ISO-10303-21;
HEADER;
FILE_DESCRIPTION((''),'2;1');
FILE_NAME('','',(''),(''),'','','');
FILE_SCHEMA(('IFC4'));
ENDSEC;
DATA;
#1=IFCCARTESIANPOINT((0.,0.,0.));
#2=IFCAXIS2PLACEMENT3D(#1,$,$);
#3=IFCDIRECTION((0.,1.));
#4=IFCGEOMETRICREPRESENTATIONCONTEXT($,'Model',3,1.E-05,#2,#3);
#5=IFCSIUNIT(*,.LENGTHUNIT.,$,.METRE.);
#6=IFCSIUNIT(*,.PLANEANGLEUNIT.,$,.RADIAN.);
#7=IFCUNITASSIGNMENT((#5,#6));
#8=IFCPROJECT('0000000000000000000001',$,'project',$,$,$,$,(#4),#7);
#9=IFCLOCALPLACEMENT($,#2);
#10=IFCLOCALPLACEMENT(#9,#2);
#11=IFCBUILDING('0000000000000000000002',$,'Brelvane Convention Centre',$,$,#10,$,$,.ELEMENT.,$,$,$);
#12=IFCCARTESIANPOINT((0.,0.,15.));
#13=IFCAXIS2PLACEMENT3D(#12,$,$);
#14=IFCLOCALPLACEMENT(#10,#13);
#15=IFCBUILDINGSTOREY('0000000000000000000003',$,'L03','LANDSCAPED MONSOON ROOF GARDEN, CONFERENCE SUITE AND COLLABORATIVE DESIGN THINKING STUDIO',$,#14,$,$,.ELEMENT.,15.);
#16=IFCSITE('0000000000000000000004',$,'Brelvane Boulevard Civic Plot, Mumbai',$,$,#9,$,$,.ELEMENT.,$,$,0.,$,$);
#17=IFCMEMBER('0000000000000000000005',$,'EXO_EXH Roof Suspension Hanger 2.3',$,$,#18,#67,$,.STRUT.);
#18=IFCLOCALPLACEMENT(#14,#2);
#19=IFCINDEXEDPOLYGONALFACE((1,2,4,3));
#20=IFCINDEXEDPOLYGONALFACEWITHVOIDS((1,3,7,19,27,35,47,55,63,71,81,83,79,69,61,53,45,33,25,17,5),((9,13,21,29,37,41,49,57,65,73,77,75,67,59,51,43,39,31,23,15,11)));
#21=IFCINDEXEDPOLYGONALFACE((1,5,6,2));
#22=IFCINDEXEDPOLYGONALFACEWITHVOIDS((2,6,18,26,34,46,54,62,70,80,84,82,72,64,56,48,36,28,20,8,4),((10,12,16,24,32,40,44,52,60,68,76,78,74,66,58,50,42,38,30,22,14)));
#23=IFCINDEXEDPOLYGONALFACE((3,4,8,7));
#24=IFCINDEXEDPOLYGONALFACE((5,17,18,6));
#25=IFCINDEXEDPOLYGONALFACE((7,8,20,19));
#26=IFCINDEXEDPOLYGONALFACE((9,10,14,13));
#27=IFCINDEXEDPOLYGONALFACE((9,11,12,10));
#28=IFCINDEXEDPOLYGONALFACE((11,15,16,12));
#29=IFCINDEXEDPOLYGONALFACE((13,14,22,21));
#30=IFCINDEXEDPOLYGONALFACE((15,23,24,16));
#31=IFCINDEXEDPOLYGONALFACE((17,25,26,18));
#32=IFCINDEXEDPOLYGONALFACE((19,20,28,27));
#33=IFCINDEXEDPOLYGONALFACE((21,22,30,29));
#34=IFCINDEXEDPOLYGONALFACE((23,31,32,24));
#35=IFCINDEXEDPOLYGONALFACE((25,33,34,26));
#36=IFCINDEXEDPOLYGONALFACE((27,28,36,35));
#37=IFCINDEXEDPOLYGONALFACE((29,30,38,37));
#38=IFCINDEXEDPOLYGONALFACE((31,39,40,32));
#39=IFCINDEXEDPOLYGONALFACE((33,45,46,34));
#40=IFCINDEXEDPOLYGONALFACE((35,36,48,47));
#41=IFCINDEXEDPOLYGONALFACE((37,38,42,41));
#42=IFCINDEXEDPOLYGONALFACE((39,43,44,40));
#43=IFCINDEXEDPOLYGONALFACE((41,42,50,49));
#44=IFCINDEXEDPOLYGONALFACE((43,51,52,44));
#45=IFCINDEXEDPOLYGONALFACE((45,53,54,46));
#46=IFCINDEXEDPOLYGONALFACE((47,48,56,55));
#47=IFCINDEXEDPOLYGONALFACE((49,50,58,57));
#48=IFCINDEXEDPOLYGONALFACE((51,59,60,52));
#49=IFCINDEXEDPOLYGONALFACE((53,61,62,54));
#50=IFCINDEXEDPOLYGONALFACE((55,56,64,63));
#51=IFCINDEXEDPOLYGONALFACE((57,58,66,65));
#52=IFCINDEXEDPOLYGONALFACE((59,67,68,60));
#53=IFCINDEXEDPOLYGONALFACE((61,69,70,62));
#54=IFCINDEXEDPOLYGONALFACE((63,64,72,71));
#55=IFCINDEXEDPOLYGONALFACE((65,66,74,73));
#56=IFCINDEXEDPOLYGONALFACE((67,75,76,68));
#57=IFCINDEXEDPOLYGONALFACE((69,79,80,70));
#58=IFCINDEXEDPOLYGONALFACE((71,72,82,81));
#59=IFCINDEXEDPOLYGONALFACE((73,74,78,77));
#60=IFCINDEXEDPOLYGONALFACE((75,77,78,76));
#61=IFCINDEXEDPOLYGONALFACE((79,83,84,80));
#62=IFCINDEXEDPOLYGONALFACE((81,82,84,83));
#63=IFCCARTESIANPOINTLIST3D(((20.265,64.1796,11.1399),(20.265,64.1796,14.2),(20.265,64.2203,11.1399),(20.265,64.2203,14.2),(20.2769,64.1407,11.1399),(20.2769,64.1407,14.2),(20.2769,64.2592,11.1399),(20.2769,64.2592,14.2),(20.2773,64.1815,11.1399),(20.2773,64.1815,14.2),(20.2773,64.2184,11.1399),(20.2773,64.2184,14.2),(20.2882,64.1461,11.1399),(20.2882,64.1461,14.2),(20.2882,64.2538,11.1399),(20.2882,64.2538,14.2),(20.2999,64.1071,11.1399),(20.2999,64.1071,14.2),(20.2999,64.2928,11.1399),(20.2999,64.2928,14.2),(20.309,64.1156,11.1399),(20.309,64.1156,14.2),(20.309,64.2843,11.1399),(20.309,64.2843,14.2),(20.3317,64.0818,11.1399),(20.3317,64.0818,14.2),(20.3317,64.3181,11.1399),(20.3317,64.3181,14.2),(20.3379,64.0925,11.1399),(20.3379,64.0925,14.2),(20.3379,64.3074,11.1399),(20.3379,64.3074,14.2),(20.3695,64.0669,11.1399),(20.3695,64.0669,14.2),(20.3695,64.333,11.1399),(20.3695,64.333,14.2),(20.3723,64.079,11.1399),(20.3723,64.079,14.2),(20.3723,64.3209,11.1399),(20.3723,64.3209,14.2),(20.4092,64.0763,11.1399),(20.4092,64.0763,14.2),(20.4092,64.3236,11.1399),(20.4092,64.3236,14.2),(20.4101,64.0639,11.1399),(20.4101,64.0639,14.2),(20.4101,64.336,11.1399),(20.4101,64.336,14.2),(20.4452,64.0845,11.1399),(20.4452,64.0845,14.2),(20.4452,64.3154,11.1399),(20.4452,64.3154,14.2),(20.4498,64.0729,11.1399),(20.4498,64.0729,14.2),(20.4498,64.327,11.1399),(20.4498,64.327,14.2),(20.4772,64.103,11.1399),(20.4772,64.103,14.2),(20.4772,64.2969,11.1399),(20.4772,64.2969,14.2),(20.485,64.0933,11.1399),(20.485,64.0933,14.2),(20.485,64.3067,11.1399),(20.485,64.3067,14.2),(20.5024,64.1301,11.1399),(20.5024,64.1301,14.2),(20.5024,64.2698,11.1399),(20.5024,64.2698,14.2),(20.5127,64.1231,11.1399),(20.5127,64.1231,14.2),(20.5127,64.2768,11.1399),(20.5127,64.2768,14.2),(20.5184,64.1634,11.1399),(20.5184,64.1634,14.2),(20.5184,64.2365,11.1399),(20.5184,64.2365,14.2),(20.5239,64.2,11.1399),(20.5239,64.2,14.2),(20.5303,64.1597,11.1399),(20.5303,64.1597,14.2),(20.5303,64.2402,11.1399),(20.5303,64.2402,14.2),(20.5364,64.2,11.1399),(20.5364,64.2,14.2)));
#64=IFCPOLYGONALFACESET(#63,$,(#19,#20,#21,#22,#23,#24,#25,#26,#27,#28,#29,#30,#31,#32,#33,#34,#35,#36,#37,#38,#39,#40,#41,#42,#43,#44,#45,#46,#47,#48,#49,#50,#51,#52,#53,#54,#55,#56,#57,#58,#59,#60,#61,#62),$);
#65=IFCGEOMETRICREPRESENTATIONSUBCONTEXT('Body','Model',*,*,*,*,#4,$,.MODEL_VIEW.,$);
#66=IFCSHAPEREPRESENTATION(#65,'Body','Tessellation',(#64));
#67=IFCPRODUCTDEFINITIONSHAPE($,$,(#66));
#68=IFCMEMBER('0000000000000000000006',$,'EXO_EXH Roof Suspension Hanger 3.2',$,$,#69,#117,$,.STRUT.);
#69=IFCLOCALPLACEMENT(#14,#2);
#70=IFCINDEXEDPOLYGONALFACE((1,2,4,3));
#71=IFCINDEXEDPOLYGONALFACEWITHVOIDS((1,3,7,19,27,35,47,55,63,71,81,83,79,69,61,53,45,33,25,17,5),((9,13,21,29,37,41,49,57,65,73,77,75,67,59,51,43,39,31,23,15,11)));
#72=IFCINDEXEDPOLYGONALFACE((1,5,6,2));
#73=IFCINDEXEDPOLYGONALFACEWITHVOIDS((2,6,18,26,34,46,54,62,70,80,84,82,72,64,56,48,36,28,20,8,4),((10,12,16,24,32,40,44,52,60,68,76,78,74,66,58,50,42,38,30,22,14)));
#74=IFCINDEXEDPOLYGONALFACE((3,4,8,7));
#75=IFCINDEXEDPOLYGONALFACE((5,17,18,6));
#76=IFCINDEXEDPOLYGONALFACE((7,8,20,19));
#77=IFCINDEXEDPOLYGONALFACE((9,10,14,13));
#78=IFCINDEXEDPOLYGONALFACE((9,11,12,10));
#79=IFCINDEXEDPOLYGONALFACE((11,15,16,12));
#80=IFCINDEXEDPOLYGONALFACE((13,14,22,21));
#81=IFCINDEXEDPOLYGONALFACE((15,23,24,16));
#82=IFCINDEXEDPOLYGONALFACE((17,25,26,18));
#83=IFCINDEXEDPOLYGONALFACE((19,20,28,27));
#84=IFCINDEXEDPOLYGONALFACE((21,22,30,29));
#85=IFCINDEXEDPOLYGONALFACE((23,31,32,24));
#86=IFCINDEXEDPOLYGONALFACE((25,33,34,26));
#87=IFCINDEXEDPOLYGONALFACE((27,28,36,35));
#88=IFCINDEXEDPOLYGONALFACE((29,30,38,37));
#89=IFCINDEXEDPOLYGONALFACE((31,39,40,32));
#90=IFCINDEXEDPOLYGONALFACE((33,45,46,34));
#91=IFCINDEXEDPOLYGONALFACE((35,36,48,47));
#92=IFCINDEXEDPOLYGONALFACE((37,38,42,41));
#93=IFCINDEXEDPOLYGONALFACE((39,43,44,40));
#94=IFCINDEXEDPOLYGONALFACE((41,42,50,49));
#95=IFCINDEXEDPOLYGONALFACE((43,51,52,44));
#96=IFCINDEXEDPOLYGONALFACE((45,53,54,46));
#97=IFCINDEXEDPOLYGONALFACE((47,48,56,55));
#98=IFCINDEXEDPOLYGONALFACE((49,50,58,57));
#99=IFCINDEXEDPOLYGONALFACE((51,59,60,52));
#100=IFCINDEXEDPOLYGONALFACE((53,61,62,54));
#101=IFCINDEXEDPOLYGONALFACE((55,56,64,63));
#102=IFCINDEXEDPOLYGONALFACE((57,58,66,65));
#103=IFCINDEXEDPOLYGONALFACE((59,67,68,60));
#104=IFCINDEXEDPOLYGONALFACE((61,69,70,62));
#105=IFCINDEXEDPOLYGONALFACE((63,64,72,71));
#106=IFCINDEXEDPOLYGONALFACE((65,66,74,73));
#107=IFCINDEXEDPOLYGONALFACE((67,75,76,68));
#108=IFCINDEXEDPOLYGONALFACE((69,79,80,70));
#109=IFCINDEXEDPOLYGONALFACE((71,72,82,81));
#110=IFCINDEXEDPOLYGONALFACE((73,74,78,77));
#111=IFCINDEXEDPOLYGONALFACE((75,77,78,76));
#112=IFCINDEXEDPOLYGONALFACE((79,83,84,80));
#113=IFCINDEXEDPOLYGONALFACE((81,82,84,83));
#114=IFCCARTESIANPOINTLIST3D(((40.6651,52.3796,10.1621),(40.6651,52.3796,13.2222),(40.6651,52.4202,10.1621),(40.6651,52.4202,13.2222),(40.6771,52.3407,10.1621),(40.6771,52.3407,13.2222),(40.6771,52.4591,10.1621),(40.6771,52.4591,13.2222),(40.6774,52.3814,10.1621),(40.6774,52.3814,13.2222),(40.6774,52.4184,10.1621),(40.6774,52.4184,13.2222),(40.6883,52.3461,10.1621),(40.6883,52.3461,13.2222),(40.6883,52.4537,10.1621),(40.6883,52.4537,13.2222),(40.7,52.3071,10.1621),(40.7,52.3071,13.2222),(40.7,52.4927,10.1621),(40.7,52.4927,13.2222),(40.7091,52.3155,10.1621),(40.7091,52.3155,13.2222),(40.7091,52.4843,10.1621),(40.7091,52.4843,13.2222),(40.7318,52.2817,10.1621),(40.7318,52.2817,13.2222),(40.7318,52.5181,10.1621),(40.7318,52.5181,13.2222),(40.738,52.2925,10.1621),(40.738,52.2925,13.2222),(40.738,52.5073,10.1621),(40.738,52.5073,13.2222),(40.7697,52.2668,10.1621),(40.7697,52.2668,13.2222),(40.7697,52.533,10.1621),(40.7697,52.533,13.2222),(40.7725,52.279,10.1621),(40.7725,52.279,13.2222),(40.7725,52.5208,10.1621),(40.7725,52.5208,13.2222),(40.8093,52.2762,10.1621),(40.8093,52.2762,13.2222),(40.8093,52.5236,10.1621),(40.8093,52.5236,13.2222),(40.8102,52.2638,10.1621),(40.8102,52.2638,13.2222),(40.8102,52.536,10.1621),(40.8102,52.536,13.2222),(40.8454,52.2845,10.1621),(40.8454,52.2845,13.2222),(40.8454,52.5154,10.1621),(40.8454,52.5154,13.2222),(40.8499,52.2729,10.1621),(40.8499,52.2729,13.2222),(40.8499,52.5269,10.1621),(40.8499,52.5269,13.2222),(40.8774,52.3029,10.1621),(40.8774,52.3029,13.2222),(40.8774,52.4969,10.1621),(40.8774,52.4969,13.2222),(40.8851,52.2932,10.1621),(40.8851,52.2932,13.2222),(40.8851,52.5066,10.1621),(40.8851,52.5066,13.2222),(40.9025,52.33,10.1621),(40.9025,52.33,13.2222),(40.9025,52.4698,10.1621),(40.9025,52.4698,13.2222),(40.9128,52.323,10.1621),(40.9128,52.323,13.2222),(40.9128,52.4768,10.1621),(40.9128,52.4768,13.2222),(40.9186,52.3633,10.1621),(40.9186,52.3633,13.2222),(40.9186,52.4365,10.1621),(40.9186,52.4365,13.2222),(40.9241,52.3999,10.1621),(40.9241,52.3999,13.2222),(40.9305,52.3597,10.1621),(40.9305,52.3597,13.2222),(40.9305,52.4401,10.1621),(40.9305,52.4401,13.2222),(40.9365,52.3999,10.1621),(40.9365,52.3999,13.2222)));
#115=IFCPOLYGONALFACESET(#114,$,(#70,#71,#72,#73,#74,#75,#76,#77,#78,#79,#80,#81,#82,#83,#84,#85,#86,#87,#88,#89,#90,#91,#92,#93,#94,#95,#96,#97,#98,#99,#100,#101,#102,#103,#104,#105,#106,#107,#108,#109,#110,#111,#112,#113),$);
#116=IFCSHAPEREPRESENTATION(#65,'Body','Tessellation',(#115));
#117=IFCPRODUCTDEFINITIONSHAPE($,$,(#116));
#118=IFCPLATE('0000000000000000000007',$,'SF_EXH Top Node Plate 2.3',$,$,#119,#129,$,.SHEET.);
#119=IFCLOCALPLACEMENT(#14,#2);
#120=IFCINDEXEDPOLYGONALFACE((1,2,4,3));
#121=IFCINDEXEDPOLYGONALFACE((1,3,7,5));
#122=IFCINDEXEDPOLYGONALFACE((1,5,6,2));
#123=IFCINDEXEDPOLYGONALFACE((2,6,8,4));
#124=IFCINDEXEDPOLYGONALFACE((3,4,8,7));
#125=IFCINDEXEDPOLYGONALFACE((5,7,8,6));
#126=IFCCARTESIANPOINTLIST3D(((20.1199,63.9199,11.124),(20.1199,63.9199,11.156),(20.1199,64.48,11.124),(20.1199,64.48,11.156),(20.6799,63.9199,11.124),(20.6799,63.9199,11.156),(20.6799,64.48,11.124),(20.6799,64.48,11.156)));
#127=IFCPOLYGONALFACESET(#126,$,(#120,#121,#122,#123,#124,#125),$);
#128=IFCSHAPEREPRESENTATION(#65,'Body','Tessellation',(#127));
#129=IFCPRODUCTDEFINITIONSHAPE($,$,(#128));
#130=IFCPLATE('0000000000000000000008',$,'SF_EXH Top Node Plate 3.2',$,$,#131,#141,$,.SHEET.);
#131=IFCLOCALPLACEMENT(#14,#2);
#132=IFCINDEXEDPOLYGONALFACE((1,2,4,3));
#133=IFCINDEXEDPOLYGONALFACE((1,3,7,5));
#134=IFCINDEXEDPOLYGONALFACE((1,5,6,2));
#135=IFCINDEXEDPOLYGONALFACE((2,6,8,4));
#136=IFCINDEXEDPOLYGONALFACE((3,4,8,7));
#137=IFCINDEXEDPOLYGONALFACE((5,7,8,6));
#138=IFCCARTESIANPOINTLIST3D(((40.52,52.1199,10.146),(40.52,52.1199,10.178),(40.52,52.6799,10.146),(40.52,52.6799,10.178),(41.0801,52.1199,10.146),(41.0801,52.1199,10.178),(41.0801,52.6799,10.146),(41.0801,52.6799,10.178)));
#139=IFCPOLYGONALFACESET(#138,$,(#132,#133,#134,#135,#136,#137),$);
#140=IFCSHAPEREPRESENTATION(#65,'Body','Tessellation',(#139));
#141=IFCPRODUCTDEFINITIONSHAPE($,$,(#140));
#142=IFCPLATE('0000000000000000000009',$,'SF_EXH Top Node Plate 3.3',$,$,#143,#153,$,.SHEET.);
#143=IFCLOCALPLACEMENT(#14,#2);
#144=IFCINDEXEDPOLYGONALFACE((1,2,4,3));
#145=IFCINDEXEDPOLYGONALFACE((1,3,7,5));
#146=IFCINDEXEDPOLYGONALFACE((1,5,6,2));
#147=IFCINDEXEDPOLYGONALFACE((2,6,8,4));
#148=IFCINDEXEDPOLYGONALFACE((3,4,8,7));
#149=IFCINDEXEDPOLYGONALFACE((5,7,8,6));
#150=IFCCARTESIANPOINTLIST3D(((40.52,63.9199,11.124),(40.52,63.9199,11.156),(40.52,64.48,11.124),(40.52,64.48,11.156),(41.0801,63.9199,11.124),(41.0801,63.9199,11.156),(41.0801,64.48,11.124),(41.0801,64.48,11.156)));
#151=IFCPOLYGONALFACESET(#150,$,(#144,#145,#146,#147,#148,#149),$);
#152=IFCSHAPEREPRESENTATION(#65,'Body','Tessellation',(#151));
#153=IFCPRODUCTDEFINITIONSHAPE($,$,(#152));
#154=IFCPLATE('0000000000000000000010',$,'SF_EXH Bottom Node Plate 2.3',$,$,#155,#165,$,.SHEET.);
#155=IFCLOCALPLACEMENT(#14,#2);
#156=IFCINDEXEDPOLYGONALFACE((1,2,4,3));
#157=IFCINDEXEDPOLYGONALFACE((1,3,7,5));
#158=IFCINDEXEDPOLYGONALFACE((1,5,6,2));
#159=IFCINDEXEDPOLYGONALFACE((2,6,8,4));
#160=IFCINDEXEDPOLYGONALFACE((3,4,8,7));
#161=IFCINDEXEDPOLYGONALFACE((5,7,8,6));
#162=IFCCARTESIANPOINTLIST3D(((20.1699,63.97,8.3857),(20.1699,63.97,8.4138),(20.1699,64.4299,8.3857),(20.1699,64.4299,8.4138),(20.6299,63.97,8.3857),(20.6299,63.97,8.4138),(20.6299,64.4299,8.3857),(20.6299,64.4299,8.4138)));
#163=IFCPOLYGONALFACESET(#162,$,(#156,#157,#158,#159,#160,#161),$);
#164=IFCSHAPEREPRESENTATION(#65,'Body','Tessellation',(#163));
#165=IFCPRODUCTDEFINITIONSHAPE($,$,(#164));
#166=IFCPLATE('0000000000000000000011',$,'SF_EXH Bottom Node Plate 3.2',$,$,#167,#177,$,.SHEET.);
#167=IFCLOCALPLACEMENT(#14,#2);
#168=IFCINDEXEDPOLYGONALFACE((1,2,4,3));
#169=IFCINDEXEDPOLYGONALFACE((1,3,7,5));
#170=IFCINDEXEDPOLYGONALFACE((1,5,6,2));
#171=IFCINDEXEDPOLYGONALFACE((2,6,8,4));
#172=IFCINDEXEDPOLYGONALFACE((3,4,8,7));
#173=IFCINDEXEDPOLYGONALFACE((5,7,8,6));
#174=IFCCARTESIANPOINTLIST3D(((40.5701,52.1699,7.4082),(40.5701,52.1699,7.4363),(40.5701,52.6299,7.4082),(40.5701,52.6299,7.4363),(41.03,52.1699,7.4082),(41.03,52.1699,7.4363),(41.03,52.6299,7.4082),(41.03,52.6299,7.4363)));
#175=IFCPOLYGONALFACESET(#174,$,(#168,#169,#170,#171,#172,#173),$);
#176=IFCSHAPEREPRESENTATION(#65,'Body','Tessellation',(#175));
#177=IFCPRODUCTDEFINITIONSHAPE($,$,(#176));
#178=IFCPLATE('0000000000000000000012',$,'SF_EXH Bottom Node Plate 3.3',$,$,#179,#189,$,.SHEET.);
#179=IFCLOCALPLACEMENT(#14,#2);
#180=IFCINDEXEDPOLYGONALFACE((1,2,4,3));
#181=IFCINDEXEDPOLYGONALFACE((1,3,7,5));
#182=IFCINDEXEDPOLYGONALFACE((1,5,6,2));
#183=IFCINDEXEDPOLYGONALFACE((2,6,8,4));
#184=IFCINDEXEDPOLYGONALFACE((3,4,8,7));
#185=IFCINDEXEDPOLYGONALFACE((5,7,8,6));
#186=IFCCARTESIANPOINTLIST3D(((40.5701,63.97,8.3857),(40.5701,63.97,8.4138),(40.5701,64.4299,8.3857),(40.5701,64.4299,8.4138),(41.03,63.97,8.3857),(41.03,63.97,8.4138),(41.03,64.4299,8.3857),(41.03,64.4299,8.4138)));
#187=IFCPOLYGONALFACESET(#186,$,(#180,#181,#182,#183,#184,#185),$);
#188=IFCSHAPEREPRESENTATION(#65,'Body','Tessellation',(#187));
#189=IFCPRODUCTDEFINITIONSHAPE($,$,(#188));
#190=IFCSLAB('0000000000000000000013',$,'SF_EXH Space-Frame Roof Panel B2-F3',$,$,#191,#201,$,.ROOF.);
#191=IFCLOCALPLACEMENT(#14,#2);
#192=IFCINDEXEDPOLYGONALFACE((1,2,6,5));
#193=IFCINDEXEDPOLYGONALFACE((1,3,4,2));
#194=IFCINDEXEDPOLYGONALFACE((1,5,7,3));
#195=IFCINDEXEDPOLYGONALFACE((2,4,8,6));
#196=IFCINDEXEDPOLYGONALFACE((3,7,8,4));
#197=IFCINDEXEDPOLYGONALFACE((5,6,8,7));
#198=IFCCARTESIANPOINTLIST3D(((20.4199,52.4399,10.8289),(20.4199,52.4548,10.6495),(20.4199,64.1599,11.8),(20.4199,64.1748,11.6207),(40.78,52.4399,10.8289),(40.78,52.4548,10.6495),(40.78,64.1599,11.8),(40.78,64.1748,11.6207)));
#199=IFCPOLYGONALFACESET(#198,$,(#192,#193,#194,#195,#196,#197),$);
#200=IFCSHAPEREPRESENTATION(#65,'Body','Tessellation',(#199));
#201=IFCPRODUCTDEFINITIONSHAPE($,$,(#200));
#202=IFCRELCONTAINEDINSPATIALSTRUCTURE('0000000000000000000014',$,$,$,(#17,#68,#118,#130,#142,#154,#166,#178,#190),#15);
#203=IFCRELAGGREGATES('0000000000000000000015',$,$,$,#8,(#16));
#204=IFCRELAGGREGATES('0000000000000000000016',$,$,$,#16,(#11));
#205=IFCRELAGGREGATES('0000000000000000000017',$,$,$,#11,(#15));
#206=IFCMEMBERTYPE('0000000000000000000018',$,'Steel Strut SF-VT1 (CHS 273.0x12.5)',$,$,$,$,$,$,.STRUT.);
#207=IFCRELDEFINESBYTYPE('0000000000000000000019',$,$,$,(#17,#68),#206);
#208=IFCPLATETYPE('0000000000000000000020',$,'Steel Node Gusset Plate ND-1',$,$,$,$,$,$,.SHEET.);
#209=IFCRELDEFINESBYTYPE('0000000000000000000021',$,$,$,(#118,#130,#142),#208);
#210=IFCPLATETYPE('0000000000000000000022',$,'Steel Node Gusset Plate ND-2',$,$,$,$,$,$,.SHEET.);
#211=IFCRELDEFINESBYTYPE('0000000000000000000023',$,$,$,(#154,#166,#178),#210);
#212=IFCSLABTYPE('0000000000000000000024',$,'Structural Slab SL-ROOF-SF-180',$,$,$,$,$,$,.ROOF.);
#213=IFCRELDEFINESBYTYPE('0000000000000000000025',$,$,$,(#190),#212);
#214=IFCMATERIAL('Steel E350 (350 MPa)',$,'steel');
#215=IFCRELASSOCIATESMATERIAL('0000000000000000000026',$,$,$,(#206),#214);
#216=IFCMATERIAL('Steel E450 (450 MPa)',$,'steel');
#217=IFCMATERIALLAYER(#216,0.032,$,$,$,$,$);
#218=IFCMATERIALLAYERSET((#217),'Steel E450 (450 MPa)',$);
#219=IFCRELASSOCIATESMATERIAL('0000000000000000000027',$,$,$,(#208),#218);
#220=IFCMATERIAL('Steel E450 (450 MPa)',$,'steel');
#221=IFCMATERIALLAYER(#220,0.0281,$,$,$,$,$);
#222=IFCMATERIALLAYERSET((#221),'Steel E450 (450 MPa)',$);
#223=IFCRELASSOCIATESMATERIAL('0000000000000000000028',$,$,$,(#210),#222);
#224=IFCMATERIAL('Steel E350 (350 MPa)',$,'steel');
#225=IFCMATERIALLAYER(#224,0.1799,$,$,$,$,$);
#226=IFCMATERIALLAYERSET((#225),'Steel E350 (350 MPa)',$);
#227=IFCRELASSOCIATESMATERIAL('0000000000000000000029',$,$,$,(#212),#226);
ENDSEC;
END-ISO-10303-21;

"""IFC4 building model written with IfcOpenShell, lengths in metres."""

from ifc_helpers import new_model, si_unit, direction, frame, origin, origin_2d, place, context, subcontext, project, spatial, polyline, rectangle, hollow_circle, outline, extrude, material, layer, layer_set, material_profile, profile_set, type_object, element, save


model = new_model("IFC4")

# Units and contexts
model_context = context("Model", 3, precision=1e-05, world=origin(), true_north=direction((0.0, 1.0)))
body_context = subcontext(model_context, "Body", "Model", "MODEL_VIEW")
ifc_project = project(units=[si_unit("LENGTHUNIT", "METRE"), si_unit("PLANEANGLEUNIT", "RADIAN")], contexts=[model_context])

# Site, building, storey
site_placement = place(None, origin())
site = spatial("IfcSite", under=ifc_project, at=site_placement, Name="Brelvane Boulevard Civic Plot, Mumbai", CompositionType="ELEMENT", RefElevation=0.0)
building_placement = place(site_placement, origin())
building = spatial("IfcBuilding", under=site, at=building_placement, Name="Brelvane Convention Centre", CompositionType="ELEMENT")
storey_placement = place(building_placement, frame((0.0, 0.0, 15.0)))
storey = spatial("IfcBuildingStorey", under=building, at=storey_placement, Name="L03", Description="LANDSCAPED MONSOON ROOF GARDEN, CONFERENCE SUITE AND COLLABORATIVE DESIGN THINKING STUDIO", CompositionType="ELEMENT", Elevation=15.0)

# Members
ifc_material_1 = material(Name="Steel E350 (350 MPa)", Category="steel")
ifc_material_profile_1 = material_profile(ifc_material_1, hollow_circle(Radius=0.1365, WallThickness=0.0125, at=origin_2d()), Name="CHS 273.0x12.5")
ifc_profile_set_1 = profile_set([ifc_material_profile_1], Name="Steel E350 (350 MPa)")
member_type_1 = type_object("IfcMemberType", Name="Steel Strut SF-VT1 (CHS 273.0x12.5)", PredefinedType="STRUT", material=ifc_profile_set_1)
for number, where, z_axis, x_axis, name in (
    (1, (20.3999, 64.2, 11.1399), (0.0, 0.0, 1.0), (1.0, 0.0, 0.0), "EXO_EXH Roof Suspension Hanger 2.3"),
    (2, (40.8, 52.3999, 10.1621), (0.0, 0.0, 1.0), (1.0, 0.0, 0.0), "EXO_EXH Roof Suspension Hanger 3.2"),
):
    element("IfcMember", number, at=place(storey_placement, frame(where, z_axis=z_axis, x_axis=x_axis)), inside=storey, type_object=member_type_1, Name=name, PredefinedType="STRUT", context=body_context, shape_type="SweptSolid", body=[
        extrude(hollow_circle(Radius=0.1365, WallThickness=0.0125, at=origin_2d()), origin(), (0.0, 0.0, 1.0), 3.0601),
    ])

# Plates
ifc_material_2 = material(Name="Steel E450 (450 MPa)", Category="steel")
ifc_layer_1 = layer(ifc_material_2, 0.032)
ifc_layer_set_1 = layer_set([ifc_layer_1], Name="Steel E450 (450 MPa)")
plate_type_1 = type_object("IfcPlateType", Name="Steel Node Gusset Plate ND-1", PredefinedType="SHEET", material=ifc_layer_set_1)
for number, where, z_axis, x_axis, name in (
    (3, (20.3999, 64.2, 11.124), (0.0, 0.0, 1.0), (1.0, 0.0, 0.0), "SF_EXH Top Node Plate 2.3"),
    (4, (40.8, 52.3999, 10.146), (0.0, 0.0, 1.0), (1.0, 0.0, 0.0), "SF_EXH Top Node Plate 3.2"),
    (5, (40.8, 64.2, 11.124), (0.0, 0.0, 1.0), (1.0, 0.0, 0.0), "SF_EXH Top Node Plate 3.3"),
):
    element("IfcPlate", number, at=place(storey_placement, frame(where, z_axis=z_axis, x_axis=x_axis)), inside=storey, type_object=plate_type_1, Name=name, PredefinedType="SHEET", context=body_context, shape_type="SweptSolid", body=[
        extrude(rectangle(XDim=0.5601, YDim=0.5601, at=origin_2d()), origin(), (0.0, 0.0, 1.0), 0.032),
    ])
ifc_material_3 = material(Name="Steel E450 (450 MPa)", Category="steel")
ifc_layer_2 = layer(ifc_material_3, 0.0281)
ifc_layer_set_2 = layer_set([ifc_layer_2], Name="Steel E450 (450 MPa)")
plate_type_2 = type_object("IfcPlateType", Name="Steel Node Gusset Plate ND-2", PredefinedType="SHEET", material=ifc_layer_set_2)
for number, where, z_axis, x_axis, name in (
    (6, (20.3999, 64.2, 8.3857), (0.0, 0.0, 1.0), (1.0, 0.0, 0.0), "SF_EXH Bottom Node Plate 2.3"),
    (7, (40.8, 52.3999, 7.4082), (0.0, 0.0, 1.0), (1.0, 0.0, 0.0), "SF_EXH Bottom Node Plate 3.2"),
    (8, (40.8, 64.2, 8.3857), (0.0, 0.0, 1.0), (1.0, 0.0, 0.0), "SF_EXH Bottom Node Plate 3.3"),
):
    element("IfcPlate", number, at=place(storey_placement, frame(where, z_axis=z_axis, x_axis=x_axis)), inside=storey, type_object=plate_type_2, Name=name, PredefinedType="SHEET", context=body_context, shape_type="SweptSolid", body=[
        extrude(rectangle(XDim=0.46, YDim=0.46, at=origin_2d()), origin(), (0.0, 0.0, 1.0), 0.0281),
    ])

# Slab
ifc_material_4 = material(Name="Steel E350 (350 MPa)", Category="steel")
ifc_layer_3 = layer(ifc_material_4, 0.1799)
ifc_layer_set_3 = layer_set([ifc_layer_3], Name="Steel E350 (350 MPa)")
slab_type = type_object("IfcSlabType", Name="Structural Slab SL-ROOF-SF-180", PredefinedType="ROOF", material=ifc_layer_set_3)
slab_placement = place(storey_placement, frame((20.4199, 52.4399, 10.8289), z_axis=(0.0, -0.082583, 0.996584), x_axis=(1.0, 0.0, 0.0)))
element("IfcSlab", 9, at=slab_placement, inside=storey, type_object=slab_type, Name="SF_EXH Space-Frame Roof Panel B2-F3", PredefinedType="ROOF", context=body_context, shape_type="SweptSolid", body=[
    extrude(outline(polyline([(0.0, 0.0), (20.3601, 0.0), (20.3601, 11.7601), (0.0, 11.7601), (0.0, 0.0)])), origin(), (0.0, 0.0, -1.0), 0.1799),
])

save(model, "model.ifc")
